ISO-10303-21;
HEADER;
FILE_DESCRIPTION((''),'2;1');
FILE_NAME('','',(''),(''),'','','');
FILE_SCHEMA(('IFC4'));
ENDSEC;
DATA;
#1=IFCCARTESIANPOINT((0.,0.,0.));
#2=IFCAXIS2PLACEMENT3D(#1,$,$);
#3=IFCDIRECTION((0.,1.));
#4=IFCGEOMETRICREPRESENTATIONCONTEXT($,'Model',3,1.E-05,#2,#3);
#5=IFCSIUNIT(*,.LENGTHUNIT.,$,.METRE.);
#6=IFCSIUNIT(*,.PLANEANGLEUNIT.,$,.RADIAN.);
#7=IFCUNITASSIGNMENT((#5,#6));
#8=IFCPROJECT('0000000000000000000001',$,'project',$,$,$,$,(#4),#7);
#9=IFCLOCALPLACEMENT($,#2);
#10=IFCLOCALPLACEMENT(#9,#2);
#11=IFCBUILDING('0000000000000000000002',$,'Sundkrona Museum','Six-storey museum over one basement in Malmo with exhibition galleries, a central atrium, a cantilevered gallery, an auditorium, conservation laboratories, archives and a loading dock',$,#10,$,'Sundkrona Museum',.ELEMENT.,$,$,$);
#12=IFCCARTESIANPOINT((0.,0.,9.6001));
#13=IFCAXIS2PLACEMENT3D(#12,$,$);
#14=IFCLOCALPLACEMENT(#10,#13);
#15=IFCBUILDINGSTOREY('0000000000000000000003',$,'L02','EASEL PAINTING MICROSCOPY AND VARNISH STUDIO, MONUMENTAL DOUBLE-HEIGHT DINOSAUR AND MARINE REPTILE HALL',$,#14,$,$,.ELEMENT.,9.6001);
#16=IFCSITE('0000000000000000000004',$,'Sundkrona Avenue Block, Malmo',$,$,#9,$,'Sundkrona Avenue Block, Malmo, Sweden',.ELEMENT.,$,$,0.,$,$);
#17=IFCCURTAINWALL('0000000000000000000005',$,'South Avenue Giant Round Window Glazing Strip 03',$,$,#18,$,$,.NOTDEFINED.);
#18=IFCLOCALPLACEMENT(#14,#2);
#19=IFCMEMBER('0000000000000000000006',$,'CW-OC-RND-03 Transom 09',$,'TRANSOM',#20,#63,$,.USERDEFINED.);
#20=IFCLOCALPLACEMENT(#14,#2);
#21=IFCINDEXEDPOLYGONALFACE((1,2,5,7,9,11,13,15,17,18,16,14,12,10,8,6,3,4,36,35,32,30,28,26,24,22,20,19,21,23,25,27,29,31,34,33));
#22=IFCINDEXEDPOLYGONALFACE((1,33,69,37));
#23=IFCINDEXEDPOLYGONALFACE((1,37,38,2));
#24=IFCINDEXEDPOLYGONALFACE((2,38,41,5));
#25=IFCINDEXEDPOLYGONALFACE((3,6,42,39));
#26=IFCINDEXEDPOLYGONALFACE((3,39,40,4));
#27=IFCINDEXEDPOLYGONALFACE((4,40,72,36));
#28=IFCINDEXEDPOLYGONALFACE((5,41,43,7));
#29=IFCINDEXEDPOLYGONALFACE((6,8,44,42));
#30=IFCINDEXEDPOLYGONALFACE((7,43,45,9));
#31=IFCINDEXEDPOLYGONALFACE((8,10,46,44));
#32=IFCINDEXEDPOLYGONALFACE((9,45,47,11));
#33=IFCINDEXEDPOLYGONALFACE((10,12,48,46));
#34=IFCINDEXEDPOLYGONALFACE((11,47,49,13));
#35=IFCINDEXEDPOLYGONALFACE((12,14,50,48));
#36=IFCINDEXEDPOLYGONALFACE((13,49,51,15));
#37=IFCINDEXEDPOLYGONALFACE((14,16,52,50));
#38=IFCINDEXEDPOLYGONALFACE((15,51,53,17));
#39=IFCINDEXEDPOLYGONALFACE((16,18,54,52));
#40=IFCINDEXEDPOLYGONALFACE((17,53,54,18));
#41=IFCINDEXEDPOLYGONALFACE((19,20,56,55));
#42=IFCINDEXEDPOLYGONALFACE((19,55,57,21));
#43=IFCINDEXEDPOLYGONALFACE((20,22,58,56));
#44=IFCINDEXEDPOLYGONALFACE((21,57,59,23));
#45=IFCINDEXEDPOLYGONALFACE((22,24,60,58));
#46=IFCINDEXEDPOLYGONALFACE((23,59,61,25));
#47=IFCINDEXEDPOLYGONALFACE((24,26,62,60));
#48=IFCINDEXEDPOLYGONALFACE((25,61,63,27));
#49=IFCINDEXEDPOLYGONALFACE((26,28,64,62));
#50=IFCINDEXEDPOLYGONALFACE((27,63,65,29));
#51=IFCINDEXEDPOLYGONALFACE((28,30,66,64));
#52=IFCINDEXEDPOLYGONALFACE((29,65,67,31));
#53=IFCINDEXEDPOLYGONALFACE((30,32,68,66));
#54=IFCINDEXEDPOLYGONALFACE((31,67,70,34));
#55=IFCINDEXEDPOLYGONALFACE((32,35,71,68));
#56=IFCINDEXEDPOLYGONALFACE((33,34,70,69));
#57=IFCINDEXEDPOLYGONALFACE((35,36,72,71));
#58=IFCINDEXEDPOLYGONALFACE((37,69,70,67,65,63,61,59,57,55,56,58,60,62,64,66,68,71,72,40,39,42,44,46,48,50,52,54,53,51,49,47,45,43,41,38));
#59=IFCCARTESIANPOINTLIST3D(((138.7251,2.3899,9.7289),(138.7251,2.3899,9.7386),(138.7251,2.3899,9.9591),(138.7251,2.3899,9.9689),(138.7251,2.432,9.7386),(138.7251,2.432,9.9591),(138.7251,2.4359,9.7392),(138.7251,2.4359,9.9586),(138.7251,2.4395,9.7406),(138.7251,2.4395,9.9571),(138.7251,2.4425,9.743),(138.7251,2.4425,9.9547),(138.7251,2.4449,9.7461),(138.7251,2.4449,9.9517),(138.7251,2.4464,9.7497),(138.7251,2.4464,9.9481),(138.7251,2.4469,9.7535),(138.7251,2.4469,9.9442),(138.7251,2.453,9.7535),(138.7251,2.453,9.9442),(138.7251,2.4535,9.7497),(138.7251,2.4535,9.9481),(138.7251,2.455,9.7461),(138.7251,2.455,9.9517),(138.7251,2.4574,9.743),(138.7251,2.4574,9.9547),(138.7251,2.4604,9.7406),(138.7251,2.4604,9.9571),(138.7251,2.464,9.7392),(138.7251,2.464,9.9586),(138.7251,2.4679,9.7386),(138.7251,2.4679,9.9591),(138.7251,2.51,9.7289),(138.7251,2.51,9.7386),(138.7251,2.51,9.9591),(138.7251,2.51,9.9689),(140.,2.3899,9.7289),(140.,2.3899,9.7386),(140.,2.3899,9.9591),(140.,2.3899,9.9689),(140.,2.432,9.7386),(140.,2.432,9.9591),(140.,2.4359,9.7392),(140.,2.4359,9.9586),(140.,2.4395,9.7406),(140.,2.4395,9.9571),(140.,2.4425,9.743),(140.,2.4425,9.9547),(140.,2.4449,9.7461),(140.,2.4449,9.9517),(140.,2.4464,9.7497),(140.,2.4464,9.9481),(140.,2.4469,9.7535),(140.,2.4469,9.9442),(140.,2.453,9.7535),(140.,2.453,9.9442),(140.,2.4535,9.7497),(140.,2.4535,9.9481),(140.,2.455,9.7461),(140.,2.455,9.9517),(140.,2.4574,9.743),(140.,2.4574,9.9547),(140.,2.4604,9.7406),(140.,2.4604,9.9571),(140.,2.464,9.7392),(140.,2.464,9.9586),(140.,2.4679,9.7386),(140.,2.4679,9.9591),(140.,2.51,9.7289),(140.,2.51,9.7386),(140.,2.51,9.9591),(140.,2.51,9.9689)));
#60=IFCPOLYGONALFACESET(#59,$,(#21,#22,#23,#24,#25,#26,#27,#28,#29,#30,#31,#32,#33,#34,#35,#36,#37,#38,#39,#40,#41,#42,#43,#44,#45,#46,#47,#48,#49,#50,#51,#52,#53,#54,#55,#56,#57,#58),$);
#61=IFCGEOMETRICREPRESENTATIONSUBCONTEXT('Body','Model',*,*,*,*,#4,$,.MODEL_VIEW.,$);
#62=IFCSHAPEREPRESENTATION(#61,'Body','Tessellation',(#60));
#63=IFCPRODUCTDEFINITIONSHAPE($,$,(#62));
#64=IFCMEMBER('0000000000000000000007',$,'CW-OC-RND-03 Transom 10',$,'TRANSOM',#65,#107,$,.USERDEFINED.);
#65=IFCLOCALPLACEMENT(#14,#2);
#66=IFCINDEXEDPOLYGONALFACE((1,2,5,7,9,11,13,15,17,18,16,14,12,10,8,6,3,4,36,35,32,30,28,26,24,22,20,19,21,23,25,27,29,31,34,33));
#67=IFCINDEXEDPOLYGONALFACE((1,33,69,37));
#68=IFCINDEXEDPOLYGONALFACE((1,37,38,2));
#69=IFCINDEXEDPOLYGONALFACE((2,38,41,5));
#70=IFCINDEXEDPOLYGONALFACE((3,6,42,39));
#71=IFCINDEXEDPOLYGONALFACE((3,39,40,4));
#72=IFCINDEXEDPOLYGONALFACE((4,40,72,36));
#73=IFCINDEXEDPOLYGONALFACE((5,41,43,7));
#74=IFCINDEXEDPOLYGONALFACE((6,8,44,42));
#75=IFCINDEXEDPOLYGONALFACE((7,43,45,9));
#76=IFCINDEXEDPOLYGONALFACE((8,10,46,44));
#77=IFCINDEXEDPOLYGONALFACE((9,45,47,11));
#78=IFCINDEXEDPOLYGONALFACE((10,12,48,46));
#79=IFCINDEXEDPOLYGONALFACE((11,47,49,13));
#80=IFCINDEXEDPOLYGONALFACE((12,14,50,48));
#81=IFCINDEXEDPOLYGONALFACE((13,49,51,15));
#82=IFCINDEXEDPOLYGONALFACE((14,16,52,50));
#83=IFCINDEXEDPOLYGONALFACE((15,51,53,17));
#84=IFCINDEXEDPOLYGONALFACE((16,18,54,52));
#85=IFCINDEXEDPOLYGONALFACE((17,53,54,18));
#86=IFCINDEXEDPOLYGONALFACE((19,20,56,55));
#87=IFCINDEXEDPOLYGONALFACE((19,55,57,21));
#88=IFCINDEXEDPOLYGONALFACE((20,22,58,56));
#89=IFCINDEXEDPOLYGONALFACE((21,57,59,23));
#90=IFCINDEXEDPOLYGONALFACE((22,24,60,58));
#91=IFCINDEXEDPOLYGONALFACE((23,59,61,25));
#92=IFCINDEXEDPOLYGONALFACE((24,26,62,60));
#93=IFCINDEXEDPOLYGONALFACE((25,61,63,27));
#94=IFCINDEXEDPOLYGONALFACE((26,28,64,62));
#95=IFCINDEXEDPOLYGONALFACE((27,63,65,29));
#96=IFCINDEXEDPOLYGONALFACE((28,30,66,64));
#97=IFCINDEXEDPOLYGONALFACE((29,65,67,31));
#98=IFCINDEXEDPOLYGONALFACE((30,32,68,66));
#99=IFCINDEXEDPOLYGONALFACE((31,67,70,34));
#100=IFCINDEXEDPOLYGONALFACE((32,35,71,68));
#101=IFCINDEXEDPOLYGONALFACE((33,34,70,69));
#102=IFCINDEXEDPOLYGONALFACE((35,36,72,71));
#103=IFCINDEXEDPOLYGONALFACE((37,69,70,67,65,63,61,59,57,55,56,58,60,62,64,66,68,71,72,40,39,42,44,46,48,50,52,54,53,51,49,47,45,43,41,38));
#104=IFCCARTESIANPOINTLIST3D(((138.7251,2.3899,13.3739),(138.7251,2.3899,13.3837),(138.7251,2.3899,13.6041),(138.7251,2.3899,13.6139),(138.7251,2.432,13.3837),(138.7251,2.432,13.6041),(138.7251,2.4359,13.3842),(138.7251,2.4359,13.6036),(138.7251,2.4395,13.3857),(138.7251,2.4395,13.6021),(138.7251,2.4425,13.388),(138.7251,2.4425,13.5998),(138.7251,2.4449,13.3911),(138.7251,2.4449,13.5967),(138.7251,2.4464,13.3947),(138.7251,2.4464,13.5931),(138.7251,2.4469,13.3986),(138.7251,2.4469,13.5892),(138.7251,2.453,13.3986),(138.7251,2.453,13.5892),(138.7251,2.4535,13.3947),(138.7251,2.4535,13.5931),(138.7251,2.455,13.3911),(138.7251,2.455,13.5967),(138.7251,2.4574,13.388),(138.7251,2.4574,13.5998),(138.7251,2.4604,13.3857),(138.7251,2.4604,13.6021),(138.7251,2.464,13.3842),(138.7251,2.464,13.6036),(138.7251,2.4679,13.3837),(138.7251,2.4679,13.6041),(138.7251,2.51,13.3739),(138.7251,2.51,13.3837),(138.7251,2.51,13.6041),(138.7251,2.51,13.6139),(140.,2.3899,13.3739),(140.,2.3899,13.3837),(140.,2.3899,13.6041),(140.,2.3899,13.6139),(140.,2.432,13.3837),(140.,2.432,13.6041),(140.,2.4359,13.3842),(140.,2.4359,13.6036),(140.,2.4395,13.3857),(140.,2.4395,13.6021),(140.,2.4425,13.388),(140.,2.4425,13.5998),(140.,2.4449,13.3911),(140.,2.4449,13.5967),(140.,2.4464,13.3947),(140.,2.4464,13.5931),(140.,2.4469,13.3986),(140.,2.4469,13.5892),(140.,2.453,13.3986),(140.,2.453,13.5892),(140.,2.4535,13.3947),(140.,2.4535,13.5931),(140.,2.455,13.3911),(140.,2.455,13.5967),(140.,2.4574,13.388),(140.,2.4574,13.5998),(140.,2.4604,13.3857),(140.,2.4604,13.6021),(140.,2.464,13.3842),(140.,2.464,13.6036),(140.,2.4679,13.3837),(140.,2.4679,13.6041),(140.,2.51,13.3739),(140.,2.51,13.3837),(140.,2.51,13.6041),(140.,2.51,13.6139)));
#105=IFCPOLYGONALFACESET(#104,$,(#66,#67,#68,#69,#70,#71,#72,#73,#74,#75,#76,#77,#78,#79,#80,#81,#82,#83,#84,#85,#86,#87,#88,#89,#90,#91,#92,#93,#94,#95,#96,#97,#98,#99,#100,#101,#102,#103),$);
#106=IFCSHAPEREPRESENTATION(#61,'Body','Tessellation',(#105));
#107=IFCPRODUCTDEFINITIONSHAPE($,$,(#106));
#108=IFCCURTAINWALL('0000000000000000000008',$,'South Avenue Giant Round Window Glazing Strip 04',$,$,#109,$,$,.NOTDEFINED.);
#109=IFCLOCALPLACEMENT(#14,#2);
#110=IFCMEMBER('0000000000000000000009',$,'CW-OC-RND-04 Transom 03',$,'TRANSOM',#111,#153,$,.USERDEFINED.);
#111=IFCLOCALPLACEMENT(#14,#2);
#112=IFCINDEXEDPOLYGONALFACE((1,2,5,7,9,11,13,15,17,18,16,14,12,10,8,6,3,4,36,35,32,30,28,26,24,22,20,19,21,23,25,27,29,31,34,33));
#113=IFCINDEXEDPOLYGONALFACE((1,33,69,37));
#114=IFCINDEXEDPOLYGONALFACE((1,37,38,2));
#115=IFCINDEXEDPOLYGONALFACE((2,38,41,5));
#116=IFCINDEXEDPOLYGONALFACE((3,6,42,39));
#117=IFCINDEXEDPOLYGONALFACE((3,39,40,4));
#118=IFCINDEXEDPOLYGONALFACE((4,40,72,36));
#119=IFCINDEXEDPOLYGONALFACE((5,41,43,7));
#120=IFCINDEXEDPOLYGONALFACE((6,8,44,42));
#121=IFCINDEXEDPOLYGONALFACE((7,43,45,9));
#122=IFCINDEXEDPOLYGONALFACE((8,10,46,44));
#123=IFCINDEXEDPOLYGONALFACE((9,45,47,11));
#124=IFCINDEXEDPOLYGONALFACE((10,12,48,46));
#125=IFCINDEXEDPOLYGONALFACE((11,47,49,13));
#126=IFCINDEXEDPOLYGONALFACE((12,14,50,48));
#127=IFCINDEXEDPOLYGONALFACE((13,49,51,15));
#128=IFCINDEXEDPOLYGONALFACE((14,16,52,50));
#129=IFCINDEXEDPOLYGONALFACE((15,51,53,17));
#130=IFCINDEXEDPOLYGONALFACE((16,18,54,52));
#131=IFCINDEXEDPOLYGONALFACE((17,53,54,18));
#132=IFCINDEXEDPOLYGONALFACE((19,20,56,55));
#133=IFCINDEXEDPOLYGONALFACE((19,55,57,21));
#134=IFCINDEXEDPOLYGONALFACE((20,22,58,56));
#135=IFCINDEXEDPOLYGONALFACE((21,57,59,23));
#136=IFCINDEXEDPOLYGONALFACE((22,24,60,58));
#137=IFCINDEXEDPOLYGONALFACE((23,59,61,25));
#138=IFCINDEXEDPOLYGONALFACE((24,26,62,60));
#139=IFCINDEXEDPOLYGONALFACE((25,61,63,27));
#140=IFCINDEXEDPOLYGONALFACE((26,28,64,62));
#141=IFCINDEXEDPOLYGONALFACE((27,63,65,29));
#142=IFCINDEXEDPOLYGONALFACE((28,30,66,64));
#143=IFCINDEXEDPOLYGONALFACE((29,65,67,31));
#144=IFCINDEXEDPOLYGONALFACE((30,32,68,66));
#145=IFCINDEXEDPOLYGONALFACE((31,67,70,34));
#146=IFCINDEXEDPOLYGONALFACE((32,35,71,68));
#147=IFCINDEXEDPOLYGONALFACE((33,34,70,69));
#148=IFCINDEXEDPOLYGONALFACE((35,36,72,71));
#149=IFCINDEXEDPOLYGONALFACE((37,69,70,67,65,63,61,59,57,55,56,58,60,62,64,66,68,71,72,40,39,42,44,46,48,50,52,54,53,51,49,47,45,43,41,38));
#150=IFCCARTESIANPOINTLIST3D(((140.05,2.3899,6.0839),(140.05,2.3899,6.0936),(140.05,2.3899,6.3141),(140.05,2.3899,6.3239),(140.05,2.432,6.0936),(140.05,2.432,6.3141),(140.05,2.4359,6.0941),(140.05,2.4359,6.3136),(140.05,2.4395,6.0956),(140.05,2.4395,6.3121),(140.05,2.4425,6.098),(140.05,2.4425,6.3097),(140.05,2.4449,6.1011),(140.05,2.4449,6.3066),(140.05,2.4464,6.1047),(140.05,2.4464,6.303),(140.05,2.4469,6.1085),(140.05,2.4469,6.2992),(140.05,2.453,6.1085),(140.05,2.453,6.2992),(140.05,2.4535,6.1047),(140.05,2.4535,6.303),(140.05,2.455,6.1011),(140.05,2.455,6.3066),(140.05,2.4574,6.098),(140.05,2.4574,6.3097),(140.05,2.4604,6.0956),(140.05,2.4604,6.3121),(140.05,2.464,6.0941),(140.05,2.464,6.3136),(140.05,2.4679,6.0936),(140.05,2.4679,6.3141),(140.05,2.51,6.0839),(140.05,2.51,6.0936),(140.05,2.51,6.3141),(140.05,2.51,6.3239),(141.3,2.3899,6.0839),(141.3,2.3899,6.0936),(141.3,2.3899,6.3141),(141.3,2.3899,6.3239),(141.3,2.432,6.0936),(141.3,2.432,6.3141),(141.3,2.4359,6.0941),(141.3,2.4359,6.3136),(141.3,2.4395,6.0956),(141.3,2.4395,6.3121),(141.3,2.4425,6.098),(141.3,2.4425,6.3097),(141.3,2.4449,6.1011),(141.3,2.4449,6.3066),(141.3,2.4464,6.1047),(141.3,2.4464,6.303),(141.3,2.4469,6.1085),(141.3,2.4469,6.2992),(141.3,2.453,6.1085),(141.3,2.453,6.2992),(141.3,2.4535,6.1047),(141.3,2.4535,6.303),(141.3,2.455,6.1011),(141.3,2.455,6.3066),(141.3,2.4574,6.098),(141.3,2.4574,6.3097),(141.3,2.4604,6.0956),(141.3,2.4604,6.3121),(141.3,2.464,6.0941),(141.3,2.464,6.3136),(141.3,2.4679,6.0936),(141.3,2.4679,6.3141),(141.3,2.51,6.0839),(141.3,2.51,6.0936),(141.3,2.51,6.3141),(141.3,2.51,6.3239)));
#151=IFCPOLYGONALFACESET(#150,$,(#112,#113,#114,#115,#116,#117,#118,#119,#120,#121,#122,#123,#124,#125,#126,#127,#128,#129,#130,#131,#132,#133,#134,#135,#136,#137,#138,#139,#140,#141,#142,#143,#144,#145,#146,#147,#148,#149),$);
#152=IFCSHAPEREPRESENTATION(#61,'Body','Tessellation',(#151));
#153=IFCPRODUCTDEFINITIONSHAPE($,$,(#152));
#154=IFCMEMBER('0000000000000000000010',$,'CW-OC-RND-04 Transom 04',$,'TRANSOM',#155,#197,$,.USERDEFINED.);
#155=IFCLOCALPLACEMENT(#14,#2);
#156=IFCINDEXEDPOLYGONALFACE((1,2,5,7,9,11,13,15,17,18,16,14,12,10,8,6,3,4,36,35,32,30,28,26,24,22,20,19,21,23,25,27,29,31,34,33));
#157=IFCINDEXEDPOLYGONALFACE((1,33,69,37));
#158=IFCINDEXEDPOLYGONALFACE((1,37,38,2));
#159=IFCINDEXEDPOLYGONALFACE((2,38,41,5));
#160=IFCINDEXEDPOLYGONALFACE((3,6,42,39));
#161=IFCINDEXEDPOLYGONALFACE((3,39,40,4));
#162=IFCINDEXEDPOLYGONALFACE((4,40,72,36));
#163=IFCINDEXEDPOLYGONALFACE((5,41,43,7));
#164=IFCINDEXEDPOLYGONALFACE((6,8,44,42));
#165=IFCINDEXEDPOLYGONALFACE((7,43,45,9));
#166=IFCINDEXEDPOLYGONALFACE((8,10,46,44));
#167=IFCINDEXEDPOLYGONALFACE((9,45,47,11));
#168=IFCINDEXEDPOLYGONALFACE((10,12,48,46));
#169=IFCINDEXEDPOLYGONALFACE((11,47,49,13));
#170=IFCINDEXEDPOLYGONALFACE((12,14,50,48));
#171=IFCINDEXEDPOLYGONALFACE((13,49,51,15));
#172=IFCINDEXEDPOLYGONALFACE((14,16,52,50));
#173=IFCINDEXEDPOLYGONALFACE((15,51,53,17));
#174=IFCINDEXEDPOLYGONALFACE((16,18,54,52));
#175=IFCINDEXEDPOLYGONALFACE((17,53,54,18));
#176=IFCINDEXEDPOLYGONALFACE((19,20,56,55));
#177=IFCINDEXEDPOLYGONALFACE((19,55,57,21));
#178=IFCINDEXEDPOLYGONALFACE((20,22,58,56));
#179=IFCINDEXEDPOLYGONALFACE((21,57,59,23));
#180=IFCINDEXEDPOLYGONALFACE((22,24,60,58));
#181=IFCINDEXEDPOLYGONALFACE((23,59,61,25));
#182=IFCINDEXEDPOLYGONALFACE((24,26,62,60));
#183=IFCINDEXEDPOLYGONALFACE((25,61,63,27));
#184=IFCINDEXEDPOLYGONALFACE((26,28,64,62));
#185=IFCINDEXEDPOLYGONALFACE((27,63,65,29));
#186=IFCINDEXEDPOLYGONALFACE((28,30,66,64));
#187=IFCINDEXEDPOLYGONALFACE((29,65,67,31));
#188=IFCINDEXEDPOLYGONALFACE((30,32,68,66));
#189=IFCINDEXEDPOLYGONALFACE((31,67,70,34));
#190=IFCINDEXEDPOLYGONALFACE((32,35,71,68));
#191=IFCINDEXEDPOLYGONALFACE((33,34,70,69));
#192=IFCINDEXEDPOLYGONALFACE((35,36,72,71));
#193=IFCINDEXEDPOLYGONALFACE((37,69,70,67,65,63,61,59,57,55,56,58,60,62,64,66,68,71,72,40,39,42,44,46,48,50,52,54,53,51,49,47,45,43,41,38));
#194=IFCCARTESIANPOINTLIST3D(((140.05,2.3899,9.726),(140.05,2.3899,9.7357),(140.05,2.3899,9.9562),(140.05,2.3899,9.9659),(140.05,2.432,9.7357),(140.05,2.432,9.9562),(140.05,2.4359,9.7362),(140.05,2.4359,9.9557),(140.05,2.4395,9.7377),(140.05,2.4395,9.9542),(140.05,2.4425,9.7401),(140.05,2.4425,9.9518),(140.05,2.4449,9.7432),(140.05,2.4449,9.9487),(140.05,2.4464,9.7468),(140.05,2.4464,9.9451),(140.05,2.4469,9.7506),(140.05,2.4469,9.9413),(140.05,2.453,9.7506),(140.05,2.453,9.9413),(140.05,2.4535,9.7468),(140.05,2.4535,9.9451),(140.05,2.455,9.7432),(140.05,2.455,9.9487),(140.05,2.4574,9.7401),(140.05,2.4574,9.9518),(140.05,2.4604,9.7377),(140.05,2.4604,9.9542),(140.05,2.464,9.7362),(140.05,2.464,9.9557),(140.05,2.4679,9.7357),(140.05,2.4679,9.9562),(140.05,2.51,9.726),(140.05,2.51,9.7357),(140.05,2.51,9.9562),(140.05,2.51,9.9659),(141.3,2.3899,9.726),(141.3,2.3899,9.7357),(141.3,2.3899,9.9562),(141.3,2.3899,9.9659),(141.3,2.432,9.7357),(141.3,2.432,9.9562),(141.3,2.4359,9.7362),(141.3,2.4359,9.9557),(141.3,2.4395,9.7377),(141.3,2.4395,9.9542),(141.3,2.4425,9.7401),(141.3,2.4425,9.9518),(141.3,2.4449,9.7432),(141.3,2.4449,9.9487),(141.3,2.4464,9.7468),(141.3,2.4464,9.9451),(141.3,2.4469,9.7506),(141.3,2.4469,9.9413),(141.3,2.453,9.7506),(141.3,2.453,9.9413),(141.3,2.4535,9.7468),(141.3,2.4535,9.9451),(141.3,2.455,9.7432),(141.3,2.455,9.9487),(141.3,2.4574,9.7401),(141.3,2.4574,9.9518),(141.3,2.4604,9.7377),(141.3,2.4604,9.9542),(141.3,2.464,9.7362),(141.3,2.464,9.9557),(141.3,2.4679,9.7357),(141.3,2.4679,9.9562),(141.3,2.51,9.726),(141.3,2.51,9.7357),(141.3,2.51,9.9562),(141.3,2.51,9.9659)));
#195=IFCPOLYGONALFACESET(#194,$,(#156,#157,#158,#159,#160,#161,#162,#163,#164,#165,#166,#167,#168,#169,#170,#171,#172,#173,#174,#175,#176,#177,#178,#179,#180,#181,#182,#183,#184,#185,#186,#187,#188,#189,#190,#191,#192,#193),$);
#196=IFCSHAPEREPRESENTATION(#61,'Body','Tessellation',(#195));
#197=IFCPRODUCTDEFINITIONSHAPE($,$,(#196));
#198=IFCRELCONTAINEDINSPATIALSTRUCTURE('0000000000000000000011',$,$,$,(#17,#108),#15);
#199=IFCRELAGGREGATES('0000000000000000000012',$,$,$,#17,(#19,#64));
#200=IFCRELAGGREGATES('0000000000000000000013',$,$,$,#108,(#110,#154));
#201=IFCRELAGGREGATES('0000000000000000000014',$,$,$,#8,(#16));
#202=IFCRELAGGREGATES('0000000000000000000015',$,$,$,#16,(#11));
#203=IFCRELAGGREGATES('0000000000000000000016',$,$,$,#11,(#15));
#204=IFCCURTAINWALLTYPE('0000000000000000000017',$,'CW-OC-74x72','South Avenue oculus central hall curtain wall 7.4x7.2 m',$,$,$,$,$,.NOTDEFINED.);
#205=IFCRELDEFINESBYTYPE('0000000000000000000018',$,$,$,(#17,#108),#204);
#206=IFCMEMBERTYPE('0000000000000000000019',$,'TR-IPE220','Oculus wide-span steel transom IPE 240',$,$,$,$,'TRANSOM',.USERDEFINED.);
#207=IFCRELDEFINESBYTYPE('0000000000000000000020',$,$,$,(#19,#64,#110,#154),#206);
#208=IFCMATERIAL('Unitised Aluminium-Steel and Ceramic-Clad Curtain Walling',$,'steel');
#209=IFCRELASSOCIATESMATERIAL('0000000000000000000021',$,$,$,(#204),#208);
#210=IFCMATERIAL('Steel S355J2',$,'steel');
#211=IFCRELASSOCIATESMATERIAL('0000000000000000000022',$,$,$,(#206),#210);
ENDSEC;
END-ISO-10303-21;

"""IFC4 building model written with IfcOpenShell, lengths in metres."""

from ifc_helpers import new_model, si_unit, direction, frame, origin, origin_2d, place, context, subcontext, project, spatial, i_section, extrude, material, material_profile, profile_set, type_object, element, aggregate, save


model = new_model("IFC4")

# Units and contexts
model_context = context("Model", 3, precision=1e-05, world=origin(), true_north=direction((0.0, 1.0)))
body_context = subcontext(model_context, "Body", "Model", "MODEL_VIEW")
ifc_project = project(units=[si_unit("LENGTHUNIT", "METRE"), si_unit("PLANEANGLEUNIT", "RADIAN")], contexts=[model_context])

# Site, building, storey
site_placement = place(None, origin())
site = spatial("IfcSite", under=ifc_project, at=site_placement, Name="Sundkrona Avenue Block, Malmo", LongName="Sundkrona Avenue Block, Malmo, Sweden", CompositionType="ELEMENT", RefElevation=0.0)
building_placement = place(site_placement, origin())
building = spatial("IfcBuilding", under=site, at=building_placement, Name="Sundkrona Museum", Description="Six-storey museum over one basement in Malmo with exhibition galleries, a central atrium, a cantilevered gallery, an auditorium, conservation laboratories, archives and a loading dock", LongName="Sundkrona Museum", CompositionType="ELEMENT")
storey_placement = place(building_placement, frame((0.0, 0.0, 9.6001)))
storey = spatial("IfcBuildingStorey", under=building, at=storey_placement, Name="L02", Description="EASEL PAINTING MICROSCOPY AND VARNISH STUDIO, MONUMENTAL DOUBLE-HEIGHT DINOSAUR AND MARINE REPTILE HALL", CompositionType="ELEMENT", Elevation=9.6001)

# Curtain walls, members
ifc_material_1 = material(Name="Unitised Aluminium-Steel and Ceramic-Clad Curtain Walling", Category="steel")
curtain_wall_type = type_object("IfcCurtainWallType", Name="CW-OC-74x72", Description="South Avenue oculus central hall curtain wall 7.4x7.2 m", PredefinedType="NOTDEFINED", material=ifc_material_1)
ifc_material_2 = material(Name="Steel S355J2", Category="steel")
ifc_material_profile = material_profile(ifc_material_2, i_section(OverallWidth=0.1201, OverallDepth=0.24, WebThickness=0.0061, FlangeThickness=0.0098, FilletRadius=0.0149, at=origin_2d()), Name="IPE 240")
ifc_profile_set = profile_set([ifc_material_profile], Name="Steel S355J2")
member_type = type_object("IfcMemberType", Name="TR-IPE220", Description="Oculus wide-span steel transom IPE 240", ElementType="TRANSOM", PredefinedType="USERDEFINED", material=ifc_profile_set)
curtain_wall_1_placement = place(storey_placement, origin())
curtain_wall_1 = element("IfcCurtainWall", 1, at=curtain_wall_1_placement, inside=storey, type_object=curtain_wall_type, Name="South Avenue Giant Round Window Glazing Strip 03", PredefinedType="NOTDEFINED")
member_1_placement = place(storey_placement, frame((138.7251, 2.45, 9.8489), z_axis=(1.0, 0.0, 0.0), x_axis=(0.0, 1.0, 0.0)))
member_1 = element("IfcMember", 2, at=member_1_placement, type_object=member_type, Name="CW-OC-RND-03 Transom 09", ObjectType="TRANSOM", PredefinedType="USERDEFINED", context=body_context, shape_type="SweptSolid", body=[
    extrude(i_section(OverallWidth=0.1201, OverallDepth=0.24, WebThickness=0.0061, FlangeThickness=0.0098, FilletRadius=0.0149, at=origin_2d()), origin(), (0.0, 0.0, 1.0), 1.2749),
])
member_2_placement = place(storey_placement, frame((138.7251, 2.45, 13.4939), z_axis=(1.0, 0.0, 0.0), x_axis=(0.0, 1.0, 0.0)))
member_2 = element("IfcMember", 3, at=member_2_placement, type_object=member_type, Name="CW-OC-RND-03 Transom 10", ObjectType="TRANSOM", PredefinedType="USERDEFINED", context=body_context, shape_type="SweptSolid", body=[
    extrude(i_section(OverallWidth=0.1201, OverallDepth=0.24, WebThickness=0.0061, FlangeThickness=0.0098, FilletRadius=0.0149, at=origin_2d()), origin(), (0.0, 0.0, 1.0), 1.2749),
])
curtain_wall_2_placement = place(storey_placement, origin())
curtain_wall_2 = element("IfcCurtainWall", 4, at=curtain_wall_2_placement, inside=storey, type_object=curtain_wall_type, Name="South Avenue Giant Round Window Glazing Strip 04", PredefinedType="NOTDEFINED")
member_3_placement = place(storey_placement, frame((140.05, 2.45, 6.2039), z_axis=(1.0, 0.0, 0.0), x_axis=(0.0, 1.0, 0.0)))
member_3 = element("IfcMember", 5, at=member_3_placement, type_object=member_type, Name="CW-OC-RND-04 Transom 03", ObjectType="TRANSOM", PredefinedType="USERDEFINED", context=body_context, shape_type="SweptSolid", body=[
    extrude(i_section(OverallWidth=0.1201, OverallDepth=0.24, WebThickness=0.0061, FlangeThickness=0.0098, FilletRadius=0.0149, at=origin_2d()), origin(), (0.0, 0.0, 1.0), 1.25),
])
member_4_placement = place(storey_placement, frame((140.05, 2.45, 9.8459), z_axis=(1.0, 0.0, 0.0), x_axis=(0.0, 1.0, 0.0)))
member_4 = element("IfcMember", 6, at=member_4_placement, type_object=member_type, Name="CW-OC-RND-04 Transom 04", ObjectType="TRANSOM", PredefinedType="USERDEFINED", context=body_context, shape_type="SweptSolid", body=[
    extrude(i_section(OverallWidth=0.1201, OverallDepth=0.24, WebThickness=0.0061, FlangeThickness=0.0098, FilletRadius=0.0149, at=origin_2d()), origin(), (0.0, 0.0, 1.0), 1.25),
])

aggregate(curtain_wall_1, [member_1, member_2])
aggregate(curtain_wall_2, [member_3, member_4])

save(model, "model.ifc")
